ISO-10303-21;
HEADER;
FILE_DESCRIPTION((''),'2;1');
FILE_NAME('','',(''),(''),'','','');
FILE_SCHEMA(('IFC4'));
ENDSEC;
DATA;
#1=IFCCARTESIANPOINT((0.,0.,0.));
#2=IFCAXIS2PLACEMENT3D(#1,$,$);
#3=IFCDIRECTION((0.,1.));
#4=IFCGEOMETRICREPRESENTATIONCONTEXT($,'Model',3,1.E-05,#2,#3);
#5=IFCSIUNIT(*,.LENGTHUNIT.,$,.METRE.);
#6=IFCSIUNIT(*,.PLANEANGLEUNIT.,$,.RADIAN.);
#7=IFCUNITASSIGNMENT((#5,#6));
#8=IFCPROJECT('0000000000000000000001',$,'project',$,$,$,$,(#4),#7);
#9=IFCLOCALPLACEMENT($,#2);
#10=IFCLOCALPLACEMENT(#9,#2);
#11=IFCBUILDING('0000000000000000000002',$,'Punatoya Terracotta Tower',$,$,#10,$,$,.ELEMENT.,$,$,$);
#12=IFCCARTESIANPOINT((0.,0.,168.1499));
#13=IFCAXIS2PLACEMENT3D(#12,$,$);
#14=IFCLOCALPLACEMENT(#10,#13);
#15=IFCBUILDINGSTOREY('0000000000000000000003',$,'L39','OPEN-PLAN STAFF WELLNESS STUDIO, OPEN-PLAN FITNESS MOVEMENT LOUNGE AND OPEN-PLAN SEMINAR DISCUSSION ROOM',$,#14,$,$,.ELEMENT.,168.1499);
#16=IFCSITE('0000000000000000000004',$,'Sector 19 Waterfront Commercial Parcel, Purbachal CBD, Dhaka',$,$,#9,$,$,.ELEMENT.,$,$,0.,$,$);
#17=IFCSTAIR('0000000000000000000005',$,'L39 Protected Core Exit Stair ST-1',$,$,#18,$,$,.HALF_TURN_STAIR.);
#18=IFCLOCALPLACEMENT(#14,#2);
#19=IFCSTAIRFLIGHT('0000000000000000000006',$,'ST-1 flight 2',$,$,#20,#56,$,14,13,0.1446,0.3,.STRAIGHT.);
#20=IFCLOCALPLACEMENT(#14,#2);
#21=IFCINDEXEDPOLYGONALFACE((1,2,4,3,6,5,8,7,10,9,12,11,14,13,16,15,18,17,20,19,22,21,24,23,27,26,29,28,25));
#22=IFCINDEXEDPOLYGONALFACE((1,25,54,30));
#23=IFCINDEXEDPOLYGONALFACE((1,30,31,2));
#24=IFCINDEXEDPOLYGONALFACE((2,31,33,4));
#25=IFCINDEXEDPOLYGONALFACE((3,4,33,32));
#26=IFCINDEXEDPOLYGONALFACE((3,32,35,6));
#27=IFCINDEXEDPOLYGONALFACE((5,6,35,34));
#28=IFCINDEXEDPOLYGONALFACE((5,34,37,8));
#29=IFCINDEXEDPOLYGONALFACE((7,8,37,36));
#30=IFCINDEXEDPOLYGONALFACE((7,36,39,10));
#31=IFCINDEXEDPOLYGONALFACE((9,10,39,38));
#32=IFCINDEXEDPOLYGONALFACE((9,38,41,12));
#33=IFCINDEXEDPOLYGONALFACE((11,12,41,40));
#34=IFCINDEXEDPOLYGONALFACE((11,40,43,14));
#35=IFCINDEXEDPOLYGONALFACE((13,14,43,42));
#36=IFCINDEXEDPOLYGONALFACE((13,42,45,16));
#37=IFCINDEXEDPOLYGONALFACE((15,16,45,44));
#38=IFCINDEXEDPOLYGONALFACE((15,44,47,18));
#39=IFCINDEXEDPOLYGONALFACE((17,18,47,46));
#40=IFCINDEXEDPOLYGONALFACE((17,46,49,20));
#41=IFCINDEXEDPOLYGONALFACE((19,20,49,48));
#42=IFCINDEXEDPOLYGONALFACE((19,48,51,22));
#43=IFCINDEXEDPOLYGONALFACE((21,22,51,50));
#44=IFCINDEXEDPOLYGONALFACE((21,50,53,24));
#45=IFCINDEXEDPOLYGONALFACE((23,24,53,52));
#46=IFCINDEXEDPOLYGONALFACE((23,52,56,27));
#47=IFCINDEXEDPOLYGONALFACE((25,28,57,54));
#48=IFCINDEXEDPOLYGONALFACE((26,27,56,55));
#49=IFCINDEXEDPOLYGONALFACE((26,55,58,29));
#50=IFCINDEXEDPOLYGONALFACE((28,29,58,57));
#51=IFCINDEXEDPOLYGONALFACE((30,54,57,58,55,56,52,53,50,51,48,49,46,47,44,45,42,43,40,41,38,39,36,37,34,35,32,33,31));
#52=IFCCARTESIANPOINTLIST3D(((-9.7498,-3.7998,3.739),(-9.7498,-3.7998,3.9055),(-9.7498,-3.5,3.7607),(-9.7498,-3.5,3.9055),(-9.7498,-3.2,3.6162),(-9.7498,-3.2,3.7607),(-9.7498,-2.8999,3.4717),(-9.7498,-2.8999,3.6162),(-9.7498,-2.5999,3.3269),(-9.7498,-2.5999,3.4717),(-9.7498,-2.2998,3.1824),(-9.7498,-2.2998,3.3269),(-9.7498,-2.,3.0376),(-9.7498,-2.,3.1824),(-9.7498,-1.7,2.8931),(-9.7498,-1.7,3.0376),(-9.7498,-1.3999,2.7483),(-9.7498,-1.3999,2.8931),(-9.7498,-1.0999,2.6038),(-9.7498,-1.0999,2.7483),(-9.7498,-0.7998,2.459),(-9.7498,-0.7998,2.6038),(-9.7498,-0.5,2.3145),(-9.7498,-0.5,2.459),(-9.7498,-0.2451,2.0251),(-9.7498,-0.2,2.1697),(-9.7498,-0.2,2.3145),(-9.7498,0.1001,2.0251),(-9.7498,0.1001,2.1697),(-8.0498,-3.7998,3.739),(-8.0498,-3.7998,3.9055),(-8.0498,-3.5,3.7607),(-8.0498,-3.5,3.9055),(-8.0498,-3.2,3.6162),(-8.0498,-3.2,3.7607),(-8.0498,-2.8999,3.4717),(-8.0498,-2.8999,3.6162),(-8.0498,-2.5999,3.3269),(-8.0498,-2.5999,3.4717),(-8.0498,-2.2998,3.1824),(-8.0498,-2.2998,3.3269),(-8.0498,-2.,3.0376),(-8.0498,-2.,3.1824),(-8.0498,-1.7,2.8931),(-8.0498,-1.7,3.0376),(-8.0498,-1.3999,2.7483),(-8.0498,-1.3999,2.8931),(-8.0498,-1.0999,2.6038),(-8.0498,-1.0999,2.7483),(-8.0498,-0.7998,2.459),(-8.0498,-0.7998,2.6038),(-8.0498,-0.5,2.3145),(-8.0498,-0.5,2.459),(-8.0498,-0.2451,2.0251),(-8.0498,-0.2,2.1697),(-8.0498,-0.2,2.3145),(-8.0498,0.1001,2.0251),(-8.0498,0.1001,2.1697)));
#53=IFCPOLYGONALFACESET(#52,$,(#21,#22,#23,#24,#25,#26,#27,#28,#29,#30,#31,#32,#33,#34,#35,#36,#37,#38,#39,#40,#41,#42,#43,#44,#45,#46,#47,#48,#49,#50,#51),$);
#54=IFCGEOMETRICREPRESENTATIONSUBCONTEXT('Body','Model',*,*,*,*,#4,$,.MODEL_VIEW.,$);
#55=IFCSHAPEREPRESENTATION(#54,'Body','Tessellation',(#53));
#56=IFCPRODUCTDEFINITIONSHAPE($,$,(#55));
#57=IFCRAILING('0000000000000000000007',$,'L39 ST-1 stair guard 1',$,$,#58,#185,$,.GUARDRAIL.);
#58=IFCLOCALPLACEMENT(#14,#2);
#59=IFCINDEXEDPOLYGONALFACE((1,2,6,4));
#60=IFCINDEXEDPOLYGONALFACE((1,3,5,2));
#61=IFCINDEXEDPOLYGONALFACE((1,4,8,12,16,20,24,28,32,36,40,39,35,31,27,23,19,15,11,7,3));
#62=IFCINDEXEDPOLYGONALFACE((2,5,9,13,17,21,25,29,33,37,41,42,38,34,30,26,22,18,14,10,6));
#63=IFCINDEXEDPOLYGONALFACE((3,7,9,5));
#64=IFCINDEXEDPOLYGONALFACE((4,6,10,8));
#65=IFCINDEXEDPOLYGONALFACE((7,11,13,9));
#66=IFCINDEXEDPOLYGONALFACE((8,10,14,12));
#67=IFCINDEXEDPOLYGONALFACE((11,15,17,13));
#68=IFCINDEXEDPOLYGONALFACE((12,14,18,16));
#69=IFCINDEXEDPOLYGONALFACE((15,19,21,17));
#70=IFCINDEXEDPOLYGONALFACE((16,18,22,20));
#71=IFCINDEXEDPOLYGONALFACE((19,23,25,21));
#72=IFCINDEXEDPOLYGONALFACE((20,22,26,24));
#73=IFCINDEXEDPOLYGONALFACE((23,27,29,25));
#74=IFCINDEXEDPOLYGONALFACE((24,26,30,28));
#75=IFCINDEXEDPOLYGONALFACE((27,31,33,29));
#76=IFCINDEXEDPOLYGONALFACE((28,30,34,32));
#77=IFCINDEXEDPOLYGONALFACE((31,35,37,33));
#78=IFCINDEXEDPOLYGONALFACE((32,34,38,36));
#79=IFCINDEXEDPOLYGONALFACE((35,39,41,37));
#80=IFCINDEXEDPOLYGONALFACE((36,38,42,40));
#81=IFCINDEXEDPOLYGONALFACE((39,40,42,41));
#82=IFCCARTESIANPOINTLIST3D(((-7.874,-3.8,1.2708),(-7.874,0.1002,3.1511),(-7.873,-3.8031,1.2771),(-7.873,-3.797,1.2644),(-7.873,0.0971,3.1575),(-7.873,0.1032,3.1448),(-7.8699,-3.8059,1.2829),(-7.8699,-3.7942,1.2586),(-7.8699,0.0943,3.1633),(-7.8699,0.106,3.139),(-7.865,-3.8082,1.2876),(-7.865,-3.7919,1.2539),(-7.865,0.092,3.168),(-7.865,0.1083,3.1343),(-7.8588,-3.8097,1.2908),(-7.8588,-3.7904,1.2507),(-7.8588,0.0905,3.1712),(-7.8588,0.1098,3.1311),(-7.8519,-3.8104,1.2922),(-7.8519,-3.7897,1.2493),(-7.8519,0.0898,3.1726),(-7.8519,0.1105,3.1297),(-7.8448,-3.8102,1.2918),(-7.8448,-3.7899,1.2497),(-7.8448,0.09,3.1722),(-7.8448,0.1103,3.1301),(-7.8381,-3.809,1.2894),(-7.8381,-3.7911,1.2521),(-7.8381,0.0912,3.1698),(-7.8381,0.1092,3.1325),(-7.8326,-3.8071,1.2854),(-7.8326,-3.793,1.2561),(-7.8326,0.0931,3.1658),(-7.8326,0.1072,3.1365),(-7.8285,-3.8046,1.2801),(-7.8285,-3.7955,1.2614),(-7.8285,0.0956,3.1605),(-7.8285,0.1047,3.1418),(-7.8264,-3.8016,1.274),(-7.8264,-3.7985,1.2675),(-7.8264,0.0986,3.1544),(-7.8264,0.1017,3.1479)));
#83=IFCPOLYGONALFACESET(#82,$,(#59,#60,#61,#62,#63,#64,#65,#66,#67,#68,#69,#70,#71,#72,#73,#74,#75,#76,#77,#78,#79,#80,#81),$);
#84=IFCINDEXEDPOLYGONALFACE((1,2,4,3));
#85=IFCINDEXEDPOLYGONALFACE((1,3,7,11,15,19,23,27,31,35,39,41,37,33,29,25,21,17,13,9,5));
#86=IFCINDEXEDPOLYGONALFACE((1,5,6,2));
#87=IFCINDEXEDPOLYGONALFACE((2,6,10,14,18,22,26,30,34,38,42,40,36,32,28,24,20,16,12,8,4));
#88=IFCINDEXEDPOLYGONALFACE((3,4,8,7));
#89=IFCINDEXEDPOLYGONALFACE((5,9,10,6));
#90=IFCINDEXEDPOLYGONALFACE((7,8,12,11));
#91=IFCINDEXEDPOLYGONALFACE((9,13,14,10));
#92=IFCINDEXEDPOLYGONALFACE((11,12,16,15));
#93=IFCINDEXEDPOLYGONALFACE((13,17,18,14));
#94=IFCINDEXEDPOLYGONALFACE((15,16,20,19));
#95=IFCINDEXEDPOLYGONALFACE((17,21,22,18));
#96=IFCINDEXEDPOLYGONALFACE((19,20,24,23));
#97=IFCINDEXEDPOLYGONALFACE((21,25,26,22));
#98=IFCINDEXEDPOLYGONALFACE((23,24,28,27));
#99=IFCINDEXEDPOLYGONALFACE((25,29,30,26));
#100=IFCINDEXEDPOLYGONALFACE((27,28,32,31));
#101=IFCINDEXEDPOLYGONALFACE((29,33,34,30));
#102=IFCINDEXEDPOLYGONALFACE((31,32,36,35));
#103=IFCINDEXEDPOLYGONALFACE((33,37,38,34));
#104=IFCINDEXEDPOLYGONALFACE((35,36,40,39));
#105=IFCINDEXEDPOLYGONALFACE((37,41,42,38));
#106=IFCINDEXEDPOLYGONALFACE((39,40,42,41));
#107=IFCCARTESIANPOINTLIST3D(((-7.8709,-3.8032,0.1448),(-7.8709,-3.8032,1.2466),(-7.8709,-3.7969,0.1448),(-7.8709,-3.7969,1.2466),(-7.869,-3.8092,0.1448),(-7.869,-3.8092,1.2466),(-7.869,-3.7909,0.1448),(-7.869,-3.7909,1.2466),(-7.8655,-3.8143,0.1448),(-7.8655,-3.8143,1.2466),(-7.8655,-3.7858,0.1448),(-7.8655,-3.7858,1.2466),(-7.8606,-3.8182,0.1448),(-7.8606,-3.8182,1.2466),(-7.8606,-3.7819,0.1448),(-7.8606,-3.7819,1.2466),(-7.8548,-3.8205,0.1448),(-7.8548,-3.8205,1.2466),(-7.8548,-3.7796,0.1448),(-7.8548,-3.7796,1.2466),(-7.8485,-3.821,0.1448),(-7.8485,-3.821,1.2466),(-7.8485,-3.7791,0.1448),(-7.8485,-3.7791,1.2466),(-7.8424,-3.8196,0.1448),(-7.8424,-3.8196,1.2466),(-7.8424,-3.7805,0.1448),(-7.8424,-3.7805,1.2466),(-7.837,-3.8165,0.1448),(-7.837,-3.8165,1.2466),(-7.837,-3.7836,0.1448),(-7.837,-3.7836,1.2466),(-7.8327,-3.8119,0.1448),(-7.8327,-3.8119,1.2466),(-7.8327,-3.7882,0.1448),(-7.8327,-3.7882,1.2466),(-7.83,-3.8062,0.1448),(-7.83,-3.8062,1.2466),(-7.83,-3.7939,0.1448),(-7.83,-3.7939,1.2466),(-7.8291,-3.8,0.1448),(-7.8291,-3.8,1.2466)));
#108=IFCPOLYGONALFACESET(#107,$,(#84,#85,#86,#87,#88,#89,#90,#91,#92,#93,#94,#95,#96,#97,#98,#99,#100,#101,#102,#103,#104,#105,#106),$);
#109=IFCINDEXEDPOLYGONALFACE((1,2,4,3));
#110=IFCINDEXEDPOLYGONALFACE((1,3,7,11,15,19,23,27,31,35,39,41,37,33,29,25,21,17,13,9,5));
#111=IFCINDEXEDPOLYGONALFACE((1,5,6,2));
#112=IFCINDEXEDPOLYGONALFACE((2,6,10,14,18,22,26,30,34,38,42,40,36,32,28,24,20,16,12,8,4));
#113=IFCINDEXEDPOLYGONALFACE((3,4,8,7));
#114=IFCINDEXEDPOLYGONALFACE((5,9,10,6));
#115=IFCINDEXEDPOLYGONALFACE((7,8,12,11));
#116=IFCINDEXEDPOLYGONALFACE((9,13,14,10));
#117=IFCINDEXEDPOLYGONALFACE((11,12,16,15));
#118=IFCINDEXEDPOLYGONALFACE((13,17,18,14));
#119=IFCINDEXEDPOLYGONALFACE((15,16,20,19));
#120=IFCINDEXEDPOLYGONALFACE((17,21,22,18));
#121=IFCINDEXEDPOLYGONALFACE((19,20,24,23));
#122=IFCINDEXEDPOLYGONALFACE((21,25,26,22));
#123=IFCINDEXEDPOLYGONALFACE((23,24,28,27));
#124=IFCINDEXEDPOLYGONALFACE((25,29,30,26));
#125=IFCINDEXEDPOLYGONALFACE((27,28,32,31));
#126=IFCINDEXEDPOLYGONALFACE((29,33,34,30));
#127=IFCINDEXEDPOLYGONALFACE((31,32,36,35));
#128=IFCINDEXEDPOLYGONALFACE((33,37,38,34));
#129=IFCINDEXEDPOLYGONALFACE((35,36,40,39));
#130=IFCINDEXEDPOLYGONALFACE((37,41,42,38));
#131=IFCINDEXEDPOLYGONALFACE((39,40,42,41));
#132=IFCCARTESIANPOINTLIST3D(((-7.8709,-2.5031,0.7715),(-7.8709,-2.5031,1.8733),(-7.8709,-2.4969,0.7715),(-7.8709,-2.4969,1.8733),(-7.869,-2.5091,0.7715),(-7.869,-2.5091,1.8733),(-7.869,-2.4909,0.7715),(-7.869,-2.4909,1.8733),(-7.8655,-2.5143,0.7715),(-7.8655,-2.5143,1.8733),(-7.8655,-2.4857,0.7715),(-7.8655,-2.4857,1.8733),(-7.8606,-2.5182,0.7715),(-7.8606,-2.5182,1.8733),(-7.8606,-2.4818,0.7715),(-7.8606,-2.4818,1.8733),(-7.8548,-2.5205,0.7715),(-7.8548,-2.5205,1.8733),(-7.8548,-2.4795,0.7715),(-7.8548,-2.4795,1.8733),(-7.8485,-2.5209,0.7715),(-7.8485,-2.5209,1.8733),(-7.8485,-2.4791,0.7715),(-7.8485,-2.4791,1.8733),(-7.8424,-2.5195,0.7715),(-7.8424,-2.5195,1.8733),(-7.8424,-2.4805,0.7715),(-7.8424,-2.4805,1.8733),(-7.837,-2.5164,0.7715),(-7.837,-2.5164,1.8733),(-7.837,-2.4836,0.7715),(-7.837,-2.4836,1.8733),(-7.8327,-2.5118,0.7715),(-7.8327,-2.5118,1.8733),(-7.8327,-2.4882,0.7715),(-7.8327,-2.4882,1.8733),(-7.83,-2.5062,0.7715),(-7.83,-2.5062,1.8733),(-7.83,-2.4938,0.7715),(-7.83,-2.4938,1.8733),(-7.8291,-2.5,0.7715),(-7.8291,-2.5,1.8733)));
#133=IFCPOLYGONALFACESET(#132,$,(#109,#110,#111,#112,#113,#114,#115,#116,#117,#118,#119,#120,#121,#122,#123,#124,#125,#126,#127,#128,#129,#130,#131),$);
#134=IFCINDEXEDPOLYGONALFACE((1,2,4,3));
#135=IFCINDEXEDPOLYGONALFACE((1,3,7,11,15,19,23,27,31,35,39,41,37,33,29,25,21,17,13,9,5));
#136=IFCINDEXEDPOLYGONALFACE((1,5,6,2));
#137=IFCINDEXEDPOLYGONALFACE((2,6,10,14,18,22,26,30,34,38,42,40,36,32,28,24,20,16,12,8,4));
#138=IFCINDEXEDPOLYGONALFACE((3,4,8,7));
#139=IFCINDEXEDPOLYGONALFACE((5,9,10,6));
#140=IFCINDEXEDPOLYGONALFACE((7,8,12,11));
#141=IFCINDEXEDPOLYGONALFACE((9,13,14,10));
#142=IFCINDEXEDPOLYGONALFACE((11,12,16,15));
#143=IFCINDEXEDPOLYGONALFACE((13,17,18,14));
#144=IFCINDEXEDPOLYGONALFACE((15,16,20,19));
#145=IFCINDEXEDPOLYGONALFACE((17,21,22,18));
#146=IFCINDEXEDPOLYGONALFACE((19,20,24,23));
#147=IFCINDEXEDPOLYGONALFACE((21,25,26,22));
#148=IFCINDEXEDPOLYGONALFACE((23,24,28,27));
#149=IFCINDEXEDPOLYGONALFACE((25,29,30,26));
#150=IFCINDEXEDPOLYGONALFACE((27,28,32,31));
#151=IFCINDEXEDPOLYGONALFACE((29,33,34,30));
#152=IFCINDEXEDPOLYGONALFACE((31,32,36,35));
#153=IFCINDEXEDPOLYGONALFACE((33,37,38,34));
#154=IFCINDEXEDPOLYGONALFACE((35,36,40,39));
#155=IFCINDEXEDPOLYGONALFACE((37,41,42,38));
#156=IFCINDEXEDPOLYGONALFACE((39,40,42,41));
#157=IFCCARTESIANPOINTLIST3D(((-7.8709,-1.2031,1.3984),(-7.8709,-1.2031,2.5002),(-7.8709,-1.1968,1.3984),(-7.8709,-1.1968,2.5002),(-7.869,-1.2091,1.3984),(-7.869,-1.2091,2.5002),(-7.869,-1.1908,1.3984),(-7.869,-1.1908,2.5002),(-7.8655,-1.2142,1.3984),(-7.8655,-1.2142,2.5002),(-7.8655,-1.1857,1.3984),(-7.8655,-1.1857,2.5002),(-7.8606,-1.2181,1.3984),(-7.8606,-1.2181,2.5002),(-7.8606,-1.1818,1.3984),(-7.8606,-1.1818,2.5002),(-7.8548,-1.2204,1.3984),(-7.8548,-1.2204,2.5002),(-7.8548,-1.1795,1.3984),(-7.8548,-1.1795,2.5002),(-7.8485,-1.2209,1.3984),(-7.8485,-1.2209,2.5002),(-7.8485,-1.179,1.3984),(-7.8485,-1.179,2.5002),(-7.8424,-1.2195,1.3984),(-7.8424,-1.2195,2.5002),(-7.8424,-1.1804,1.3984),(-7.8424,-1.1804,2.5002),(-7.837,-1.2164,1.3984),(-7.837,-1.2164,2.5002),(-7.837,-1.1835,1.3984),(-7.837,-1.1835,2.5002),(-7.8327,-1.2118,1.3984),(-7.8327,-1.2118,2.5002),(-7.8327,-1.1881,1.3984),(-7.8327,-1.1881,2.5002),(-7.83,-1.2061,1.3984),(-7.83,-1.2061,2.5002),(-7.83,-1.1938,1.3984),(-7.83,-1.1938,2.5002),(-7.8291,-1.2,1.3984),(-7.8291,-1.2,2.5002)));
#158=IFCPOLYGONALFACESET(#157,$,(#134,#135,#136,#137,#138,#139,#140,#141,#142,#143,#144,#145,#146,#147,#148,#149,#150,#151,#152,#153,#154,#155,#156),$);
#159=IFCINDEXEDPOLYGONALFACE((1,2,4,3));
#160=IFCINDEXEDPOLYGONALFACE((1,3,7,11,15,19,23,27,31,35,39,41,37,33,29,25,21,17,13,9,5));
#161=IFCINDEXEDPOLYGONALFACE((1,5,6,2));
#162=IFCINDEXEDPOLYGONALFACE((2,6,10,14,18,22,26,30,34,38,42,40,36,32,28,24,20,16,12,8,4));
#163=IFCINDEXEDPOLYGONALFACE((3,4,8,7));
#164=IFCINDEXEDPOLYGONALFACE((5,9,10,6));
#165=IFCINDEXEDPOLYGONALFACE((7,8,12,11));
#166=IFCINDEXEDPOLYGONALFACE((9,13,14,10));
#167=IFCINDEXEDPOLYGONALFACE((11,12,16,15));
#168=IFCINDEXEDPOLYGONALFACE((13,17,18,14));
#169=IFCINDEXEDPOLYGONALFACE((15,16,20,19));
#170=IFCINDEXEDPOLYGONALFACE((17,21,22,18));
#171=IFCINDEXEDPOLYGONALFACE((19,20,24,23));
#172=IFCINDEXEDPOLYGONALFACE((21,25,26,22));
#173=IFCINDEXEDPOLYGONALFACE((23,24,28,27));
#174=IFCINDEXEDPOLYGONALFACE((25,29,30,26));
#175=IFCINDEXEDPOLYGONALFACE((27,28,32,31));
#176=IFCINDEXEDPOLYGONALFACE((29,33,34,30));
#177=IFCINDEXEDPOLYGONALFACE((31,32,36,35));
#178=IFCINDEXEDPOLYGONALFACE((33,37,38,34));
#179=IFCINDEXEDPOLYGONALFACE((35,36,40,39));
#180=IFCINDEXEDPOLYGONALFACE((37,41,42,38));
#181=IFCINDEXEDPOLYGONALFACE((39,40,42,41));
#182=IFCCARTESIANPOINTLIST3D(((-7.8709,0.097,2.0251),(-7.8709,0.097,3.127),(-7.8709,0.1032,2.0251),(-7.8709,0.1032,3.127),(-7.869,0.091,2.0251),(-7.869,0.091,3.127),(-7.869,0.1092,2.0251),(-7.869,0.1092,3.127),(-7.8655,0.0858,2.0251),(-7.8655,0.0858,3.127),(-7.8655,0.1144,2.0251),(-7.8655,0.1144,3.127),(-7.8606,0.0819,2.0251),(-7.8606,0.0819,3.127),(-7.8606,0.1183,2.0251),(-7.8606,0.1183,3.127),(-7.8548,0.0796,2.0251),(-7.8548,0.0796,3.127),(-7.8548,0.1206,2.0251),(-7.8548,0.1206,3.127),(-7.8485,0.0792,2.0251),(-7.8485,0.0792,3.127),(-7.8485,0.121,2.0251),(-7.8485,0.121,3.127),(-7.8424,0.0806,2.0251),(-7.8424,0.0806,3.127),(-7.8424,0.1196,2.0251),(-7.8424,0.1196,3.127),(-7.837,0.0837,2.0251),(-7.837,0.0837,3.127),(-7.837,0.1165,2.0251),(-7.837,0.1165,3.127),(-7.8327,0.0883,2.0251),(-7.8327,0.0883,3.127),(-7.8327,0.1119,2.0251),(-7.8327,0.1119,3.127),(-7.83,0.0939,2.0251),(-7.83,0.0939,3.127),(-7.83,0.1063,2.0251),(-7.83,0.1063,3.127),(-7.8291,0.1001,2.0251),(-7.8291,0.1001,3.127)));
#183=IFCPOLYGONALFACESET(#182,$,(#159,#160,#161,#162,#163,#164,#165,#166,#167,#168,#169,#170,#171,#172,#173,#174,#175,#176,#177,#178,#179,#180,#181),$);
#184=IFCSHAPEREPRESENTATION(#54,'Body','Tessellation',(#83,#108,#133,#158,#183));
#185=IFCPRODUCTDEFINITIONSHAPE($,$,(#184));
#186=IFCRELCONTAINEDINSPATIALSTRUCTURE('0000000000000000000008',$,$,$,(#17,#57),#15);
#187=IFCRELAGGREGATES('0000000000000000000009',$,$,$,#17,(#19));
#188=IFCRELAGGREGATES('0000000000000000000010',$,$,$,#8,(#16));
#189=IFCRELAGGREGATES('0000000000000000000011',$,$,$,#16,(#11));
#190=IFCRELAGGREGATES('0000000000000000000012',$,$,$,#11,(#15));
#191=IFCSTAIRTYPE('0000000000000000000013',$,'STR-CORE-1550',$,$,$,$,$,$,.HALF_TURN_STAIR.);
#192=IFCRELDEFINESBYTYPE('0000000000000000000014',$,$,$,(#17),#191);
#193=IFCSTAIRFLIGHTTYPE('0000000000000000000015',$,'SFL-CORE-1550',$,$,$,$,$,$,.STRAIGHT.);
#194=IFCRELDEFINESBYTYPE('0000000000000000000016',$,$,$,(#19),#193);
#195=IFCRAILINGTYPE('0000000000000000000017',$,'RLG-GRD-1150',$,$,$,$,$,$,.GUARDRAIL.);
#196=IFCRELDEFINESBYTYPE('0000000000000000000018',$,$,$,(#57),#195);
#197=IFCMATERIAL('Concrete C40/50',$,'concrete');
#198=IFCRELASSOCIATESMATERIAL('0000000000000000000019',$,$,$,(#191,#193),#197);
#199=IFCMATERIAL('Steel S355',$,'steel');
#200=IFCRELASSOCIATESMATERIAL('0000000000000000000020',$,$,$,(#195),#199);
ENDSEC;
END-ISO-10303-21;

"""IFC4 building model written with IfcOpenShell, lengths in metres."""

from ifc_helpers import new_model, si_unit, direction, frame, origin, origin_2d, place, context, subcontext, project, spatial, polyline, circle, outline, extrude, material, type_object, element, aggregate, save


model = new_model("IFC4")

# Units and contexts
model_context = context("Model", 3, precision=1e-05, world=origin(), true_north=direction((0.0, 1.0)))
body_context = subcontext(model_context, "Body", "Model", "MODEL_VIEW")
ifc_project = project(units=[si_unit("LENGTHUNIT", "METRE"), si_unit("PLANEANGLEUNIT", "RADIAN")], contexts=[model_context])

# Site, building, storey
site_placement = place(None, origin())
site = spatial("IfcSite", under=ifc_project, at=site_placement, Name="Sector 19 Waterfront Commercial Parcel, Purbachal CBD, Dhaka", CompositionType="ELEMENT", RefElevation=0.0)
building_placement = place(site_placement, origin())
building = spatial("IfcBuilding", under=site, at=building_placement, Name="Punatoya Terracotta Tower", CompositionType="ELEMENT")
storey_placement = place(building_placement, frame((0.0, 0.0, 168.1499)))
storey = spatial("IfcBuildingStorey", under=building, at=storey_placement, Name="L39", Description="OPEN-PLAN STAFF WELLNESS STUDIO, OPEN-PLAN FITNESS MOVEMENT LOUNGE AND OPEN-PLAN SEMINAR DISCUSSION ROOM", CompositionType="ELEMENT", Elevation=168.1499)

# Shared definitions
ifc_material_1 = material(Name="Concrete C40/50", Category="concrete")

# Stair, stair flight
stair_type = type_object("IfcStairType", Name="STR-CORE-1550", PredefinedType="HALF_TURN_STAIR", material=ifc_material_1)
stair_placement = place(storey_placement, origin())
stair = element("IfcStair", 1, at=stair_placement, inside=storey, type_object=stair_type, Name="L39 Protected Core Exit Stair ST-1", PredefinedType="HALF_TURN_STAIR")
stair_flight_type = type_object("IfcStairFlightType", Name="SFL-CORE-1550", PredefinedType="STRAIGHT", material=ifc_material_1)
stair_flight_1_placement = place(storey_placement, frame((-8.8999, 0.1001, 2.0251), z_axis=(0.0, 0.0, 1.0), x_axis=(0.0, -1.0, 0.0)))
stair_flight_1 = element("IfcStairFlight", 2, at=stair_flight_1_placement, type_object=stair_flight_type, Name="ST-1 flight 2", NumberOfRisers=14, NumberOfTreads=13, PredefinedType="STRAIGHT", RiserHeight=0.1446, TreadLength=0.3, context=body_context, shape_type="SweptSolid", body=[
    extrude(outline(polyline([(0.0, 0.0), (0.0, 0.1445), (0.3, 0.1445), (0.3, 0.2893), (0.6001, 0.2893), (0.6001, 0.4338), (0.8999, 0.4338), (0.8999, 0.5786), (1.2, 0.5786), (1.2, 0.7231), (1.5, 0.7231), (1.5, 0.8679), (1.8, 0.8679), (1.8, 1.0125), (2.1001, 1.0125), (2.1001, 1.1572), (2.3999, 1.1572), (2.3999, 1.3018), (2.7, 1.3018), (2.7, 1.4465), (3.0, 1.4465), (3.0, 1.5911), (3.3, 1.5911), (3.3, 1.7356), (3.6001, 1.7356), (3.6001, 1.8804), (3.8999, 1.8804), (3.8999, 2.0249), (3.8999, 1.7139), (0.3452, 0.0), (0.0, 0.0)])), frame((0.0, 0.8501, 0.0), z_axis=(0.0, -1.0, 0.0), x_axis=(1.0, 0.0, 0.0)), (0.0, 0.0, 1.0), 1.7),
])
aggregate(stair, [stair_flight_1])

# Railing
ifc_material_2 = material(Name="Steel S355", Category="steel")
railing_type_1 = type_object("IfcRailingType", Name="RLG-GRD-1150", PredefinedType="GUARDRAIL", material=ifc_material_2)
railing_1_placement = place(storey_placement, frame((-7.8501, -3.8, 0.1448)))
element("IfcRailing", 3, at=railing_1_placement, inside=storey, type_object=railing_type_1, Name="L39 ST-1 stair guard 1", PredefinedType="GUARDRAIL", context=body_context, shape_type="SweptSolid", body=[
    extrude(circle(Radius=0.0239, at=origin_2d()), frame((0.0, 0.0, 1.126), z_axis=(0.0, 0.900774, 0.434289), x_axis=(-1.0, 0.0, 0.0)), (0.0, 0.0, 1.0), 4.3298),
    extrude(circle(Radius=0.021, at=origin_2d()), origin(), (0.0, 0.0, 1.0), 1.1018),
    extrude(circle(Radius=0.021, at=origin_2d()), frame((0.0, 1.3, 0.6267)), (0.0, 0.0, 1.0), 1.1018),
    extrude(circle(Radius=0.021, at=origin_2d()), frame((0.0, 2.6001, 1.2537)), (0.0, 0.0, 1.0), 1.1018),
    extrude(circle(Radius=0.021, at=origin_2d()), frame((0.0, 3.9001, 1.8804)), (0.0, 0.0, 1.0), 1.1018),
])

save(model, "model.ifc")
